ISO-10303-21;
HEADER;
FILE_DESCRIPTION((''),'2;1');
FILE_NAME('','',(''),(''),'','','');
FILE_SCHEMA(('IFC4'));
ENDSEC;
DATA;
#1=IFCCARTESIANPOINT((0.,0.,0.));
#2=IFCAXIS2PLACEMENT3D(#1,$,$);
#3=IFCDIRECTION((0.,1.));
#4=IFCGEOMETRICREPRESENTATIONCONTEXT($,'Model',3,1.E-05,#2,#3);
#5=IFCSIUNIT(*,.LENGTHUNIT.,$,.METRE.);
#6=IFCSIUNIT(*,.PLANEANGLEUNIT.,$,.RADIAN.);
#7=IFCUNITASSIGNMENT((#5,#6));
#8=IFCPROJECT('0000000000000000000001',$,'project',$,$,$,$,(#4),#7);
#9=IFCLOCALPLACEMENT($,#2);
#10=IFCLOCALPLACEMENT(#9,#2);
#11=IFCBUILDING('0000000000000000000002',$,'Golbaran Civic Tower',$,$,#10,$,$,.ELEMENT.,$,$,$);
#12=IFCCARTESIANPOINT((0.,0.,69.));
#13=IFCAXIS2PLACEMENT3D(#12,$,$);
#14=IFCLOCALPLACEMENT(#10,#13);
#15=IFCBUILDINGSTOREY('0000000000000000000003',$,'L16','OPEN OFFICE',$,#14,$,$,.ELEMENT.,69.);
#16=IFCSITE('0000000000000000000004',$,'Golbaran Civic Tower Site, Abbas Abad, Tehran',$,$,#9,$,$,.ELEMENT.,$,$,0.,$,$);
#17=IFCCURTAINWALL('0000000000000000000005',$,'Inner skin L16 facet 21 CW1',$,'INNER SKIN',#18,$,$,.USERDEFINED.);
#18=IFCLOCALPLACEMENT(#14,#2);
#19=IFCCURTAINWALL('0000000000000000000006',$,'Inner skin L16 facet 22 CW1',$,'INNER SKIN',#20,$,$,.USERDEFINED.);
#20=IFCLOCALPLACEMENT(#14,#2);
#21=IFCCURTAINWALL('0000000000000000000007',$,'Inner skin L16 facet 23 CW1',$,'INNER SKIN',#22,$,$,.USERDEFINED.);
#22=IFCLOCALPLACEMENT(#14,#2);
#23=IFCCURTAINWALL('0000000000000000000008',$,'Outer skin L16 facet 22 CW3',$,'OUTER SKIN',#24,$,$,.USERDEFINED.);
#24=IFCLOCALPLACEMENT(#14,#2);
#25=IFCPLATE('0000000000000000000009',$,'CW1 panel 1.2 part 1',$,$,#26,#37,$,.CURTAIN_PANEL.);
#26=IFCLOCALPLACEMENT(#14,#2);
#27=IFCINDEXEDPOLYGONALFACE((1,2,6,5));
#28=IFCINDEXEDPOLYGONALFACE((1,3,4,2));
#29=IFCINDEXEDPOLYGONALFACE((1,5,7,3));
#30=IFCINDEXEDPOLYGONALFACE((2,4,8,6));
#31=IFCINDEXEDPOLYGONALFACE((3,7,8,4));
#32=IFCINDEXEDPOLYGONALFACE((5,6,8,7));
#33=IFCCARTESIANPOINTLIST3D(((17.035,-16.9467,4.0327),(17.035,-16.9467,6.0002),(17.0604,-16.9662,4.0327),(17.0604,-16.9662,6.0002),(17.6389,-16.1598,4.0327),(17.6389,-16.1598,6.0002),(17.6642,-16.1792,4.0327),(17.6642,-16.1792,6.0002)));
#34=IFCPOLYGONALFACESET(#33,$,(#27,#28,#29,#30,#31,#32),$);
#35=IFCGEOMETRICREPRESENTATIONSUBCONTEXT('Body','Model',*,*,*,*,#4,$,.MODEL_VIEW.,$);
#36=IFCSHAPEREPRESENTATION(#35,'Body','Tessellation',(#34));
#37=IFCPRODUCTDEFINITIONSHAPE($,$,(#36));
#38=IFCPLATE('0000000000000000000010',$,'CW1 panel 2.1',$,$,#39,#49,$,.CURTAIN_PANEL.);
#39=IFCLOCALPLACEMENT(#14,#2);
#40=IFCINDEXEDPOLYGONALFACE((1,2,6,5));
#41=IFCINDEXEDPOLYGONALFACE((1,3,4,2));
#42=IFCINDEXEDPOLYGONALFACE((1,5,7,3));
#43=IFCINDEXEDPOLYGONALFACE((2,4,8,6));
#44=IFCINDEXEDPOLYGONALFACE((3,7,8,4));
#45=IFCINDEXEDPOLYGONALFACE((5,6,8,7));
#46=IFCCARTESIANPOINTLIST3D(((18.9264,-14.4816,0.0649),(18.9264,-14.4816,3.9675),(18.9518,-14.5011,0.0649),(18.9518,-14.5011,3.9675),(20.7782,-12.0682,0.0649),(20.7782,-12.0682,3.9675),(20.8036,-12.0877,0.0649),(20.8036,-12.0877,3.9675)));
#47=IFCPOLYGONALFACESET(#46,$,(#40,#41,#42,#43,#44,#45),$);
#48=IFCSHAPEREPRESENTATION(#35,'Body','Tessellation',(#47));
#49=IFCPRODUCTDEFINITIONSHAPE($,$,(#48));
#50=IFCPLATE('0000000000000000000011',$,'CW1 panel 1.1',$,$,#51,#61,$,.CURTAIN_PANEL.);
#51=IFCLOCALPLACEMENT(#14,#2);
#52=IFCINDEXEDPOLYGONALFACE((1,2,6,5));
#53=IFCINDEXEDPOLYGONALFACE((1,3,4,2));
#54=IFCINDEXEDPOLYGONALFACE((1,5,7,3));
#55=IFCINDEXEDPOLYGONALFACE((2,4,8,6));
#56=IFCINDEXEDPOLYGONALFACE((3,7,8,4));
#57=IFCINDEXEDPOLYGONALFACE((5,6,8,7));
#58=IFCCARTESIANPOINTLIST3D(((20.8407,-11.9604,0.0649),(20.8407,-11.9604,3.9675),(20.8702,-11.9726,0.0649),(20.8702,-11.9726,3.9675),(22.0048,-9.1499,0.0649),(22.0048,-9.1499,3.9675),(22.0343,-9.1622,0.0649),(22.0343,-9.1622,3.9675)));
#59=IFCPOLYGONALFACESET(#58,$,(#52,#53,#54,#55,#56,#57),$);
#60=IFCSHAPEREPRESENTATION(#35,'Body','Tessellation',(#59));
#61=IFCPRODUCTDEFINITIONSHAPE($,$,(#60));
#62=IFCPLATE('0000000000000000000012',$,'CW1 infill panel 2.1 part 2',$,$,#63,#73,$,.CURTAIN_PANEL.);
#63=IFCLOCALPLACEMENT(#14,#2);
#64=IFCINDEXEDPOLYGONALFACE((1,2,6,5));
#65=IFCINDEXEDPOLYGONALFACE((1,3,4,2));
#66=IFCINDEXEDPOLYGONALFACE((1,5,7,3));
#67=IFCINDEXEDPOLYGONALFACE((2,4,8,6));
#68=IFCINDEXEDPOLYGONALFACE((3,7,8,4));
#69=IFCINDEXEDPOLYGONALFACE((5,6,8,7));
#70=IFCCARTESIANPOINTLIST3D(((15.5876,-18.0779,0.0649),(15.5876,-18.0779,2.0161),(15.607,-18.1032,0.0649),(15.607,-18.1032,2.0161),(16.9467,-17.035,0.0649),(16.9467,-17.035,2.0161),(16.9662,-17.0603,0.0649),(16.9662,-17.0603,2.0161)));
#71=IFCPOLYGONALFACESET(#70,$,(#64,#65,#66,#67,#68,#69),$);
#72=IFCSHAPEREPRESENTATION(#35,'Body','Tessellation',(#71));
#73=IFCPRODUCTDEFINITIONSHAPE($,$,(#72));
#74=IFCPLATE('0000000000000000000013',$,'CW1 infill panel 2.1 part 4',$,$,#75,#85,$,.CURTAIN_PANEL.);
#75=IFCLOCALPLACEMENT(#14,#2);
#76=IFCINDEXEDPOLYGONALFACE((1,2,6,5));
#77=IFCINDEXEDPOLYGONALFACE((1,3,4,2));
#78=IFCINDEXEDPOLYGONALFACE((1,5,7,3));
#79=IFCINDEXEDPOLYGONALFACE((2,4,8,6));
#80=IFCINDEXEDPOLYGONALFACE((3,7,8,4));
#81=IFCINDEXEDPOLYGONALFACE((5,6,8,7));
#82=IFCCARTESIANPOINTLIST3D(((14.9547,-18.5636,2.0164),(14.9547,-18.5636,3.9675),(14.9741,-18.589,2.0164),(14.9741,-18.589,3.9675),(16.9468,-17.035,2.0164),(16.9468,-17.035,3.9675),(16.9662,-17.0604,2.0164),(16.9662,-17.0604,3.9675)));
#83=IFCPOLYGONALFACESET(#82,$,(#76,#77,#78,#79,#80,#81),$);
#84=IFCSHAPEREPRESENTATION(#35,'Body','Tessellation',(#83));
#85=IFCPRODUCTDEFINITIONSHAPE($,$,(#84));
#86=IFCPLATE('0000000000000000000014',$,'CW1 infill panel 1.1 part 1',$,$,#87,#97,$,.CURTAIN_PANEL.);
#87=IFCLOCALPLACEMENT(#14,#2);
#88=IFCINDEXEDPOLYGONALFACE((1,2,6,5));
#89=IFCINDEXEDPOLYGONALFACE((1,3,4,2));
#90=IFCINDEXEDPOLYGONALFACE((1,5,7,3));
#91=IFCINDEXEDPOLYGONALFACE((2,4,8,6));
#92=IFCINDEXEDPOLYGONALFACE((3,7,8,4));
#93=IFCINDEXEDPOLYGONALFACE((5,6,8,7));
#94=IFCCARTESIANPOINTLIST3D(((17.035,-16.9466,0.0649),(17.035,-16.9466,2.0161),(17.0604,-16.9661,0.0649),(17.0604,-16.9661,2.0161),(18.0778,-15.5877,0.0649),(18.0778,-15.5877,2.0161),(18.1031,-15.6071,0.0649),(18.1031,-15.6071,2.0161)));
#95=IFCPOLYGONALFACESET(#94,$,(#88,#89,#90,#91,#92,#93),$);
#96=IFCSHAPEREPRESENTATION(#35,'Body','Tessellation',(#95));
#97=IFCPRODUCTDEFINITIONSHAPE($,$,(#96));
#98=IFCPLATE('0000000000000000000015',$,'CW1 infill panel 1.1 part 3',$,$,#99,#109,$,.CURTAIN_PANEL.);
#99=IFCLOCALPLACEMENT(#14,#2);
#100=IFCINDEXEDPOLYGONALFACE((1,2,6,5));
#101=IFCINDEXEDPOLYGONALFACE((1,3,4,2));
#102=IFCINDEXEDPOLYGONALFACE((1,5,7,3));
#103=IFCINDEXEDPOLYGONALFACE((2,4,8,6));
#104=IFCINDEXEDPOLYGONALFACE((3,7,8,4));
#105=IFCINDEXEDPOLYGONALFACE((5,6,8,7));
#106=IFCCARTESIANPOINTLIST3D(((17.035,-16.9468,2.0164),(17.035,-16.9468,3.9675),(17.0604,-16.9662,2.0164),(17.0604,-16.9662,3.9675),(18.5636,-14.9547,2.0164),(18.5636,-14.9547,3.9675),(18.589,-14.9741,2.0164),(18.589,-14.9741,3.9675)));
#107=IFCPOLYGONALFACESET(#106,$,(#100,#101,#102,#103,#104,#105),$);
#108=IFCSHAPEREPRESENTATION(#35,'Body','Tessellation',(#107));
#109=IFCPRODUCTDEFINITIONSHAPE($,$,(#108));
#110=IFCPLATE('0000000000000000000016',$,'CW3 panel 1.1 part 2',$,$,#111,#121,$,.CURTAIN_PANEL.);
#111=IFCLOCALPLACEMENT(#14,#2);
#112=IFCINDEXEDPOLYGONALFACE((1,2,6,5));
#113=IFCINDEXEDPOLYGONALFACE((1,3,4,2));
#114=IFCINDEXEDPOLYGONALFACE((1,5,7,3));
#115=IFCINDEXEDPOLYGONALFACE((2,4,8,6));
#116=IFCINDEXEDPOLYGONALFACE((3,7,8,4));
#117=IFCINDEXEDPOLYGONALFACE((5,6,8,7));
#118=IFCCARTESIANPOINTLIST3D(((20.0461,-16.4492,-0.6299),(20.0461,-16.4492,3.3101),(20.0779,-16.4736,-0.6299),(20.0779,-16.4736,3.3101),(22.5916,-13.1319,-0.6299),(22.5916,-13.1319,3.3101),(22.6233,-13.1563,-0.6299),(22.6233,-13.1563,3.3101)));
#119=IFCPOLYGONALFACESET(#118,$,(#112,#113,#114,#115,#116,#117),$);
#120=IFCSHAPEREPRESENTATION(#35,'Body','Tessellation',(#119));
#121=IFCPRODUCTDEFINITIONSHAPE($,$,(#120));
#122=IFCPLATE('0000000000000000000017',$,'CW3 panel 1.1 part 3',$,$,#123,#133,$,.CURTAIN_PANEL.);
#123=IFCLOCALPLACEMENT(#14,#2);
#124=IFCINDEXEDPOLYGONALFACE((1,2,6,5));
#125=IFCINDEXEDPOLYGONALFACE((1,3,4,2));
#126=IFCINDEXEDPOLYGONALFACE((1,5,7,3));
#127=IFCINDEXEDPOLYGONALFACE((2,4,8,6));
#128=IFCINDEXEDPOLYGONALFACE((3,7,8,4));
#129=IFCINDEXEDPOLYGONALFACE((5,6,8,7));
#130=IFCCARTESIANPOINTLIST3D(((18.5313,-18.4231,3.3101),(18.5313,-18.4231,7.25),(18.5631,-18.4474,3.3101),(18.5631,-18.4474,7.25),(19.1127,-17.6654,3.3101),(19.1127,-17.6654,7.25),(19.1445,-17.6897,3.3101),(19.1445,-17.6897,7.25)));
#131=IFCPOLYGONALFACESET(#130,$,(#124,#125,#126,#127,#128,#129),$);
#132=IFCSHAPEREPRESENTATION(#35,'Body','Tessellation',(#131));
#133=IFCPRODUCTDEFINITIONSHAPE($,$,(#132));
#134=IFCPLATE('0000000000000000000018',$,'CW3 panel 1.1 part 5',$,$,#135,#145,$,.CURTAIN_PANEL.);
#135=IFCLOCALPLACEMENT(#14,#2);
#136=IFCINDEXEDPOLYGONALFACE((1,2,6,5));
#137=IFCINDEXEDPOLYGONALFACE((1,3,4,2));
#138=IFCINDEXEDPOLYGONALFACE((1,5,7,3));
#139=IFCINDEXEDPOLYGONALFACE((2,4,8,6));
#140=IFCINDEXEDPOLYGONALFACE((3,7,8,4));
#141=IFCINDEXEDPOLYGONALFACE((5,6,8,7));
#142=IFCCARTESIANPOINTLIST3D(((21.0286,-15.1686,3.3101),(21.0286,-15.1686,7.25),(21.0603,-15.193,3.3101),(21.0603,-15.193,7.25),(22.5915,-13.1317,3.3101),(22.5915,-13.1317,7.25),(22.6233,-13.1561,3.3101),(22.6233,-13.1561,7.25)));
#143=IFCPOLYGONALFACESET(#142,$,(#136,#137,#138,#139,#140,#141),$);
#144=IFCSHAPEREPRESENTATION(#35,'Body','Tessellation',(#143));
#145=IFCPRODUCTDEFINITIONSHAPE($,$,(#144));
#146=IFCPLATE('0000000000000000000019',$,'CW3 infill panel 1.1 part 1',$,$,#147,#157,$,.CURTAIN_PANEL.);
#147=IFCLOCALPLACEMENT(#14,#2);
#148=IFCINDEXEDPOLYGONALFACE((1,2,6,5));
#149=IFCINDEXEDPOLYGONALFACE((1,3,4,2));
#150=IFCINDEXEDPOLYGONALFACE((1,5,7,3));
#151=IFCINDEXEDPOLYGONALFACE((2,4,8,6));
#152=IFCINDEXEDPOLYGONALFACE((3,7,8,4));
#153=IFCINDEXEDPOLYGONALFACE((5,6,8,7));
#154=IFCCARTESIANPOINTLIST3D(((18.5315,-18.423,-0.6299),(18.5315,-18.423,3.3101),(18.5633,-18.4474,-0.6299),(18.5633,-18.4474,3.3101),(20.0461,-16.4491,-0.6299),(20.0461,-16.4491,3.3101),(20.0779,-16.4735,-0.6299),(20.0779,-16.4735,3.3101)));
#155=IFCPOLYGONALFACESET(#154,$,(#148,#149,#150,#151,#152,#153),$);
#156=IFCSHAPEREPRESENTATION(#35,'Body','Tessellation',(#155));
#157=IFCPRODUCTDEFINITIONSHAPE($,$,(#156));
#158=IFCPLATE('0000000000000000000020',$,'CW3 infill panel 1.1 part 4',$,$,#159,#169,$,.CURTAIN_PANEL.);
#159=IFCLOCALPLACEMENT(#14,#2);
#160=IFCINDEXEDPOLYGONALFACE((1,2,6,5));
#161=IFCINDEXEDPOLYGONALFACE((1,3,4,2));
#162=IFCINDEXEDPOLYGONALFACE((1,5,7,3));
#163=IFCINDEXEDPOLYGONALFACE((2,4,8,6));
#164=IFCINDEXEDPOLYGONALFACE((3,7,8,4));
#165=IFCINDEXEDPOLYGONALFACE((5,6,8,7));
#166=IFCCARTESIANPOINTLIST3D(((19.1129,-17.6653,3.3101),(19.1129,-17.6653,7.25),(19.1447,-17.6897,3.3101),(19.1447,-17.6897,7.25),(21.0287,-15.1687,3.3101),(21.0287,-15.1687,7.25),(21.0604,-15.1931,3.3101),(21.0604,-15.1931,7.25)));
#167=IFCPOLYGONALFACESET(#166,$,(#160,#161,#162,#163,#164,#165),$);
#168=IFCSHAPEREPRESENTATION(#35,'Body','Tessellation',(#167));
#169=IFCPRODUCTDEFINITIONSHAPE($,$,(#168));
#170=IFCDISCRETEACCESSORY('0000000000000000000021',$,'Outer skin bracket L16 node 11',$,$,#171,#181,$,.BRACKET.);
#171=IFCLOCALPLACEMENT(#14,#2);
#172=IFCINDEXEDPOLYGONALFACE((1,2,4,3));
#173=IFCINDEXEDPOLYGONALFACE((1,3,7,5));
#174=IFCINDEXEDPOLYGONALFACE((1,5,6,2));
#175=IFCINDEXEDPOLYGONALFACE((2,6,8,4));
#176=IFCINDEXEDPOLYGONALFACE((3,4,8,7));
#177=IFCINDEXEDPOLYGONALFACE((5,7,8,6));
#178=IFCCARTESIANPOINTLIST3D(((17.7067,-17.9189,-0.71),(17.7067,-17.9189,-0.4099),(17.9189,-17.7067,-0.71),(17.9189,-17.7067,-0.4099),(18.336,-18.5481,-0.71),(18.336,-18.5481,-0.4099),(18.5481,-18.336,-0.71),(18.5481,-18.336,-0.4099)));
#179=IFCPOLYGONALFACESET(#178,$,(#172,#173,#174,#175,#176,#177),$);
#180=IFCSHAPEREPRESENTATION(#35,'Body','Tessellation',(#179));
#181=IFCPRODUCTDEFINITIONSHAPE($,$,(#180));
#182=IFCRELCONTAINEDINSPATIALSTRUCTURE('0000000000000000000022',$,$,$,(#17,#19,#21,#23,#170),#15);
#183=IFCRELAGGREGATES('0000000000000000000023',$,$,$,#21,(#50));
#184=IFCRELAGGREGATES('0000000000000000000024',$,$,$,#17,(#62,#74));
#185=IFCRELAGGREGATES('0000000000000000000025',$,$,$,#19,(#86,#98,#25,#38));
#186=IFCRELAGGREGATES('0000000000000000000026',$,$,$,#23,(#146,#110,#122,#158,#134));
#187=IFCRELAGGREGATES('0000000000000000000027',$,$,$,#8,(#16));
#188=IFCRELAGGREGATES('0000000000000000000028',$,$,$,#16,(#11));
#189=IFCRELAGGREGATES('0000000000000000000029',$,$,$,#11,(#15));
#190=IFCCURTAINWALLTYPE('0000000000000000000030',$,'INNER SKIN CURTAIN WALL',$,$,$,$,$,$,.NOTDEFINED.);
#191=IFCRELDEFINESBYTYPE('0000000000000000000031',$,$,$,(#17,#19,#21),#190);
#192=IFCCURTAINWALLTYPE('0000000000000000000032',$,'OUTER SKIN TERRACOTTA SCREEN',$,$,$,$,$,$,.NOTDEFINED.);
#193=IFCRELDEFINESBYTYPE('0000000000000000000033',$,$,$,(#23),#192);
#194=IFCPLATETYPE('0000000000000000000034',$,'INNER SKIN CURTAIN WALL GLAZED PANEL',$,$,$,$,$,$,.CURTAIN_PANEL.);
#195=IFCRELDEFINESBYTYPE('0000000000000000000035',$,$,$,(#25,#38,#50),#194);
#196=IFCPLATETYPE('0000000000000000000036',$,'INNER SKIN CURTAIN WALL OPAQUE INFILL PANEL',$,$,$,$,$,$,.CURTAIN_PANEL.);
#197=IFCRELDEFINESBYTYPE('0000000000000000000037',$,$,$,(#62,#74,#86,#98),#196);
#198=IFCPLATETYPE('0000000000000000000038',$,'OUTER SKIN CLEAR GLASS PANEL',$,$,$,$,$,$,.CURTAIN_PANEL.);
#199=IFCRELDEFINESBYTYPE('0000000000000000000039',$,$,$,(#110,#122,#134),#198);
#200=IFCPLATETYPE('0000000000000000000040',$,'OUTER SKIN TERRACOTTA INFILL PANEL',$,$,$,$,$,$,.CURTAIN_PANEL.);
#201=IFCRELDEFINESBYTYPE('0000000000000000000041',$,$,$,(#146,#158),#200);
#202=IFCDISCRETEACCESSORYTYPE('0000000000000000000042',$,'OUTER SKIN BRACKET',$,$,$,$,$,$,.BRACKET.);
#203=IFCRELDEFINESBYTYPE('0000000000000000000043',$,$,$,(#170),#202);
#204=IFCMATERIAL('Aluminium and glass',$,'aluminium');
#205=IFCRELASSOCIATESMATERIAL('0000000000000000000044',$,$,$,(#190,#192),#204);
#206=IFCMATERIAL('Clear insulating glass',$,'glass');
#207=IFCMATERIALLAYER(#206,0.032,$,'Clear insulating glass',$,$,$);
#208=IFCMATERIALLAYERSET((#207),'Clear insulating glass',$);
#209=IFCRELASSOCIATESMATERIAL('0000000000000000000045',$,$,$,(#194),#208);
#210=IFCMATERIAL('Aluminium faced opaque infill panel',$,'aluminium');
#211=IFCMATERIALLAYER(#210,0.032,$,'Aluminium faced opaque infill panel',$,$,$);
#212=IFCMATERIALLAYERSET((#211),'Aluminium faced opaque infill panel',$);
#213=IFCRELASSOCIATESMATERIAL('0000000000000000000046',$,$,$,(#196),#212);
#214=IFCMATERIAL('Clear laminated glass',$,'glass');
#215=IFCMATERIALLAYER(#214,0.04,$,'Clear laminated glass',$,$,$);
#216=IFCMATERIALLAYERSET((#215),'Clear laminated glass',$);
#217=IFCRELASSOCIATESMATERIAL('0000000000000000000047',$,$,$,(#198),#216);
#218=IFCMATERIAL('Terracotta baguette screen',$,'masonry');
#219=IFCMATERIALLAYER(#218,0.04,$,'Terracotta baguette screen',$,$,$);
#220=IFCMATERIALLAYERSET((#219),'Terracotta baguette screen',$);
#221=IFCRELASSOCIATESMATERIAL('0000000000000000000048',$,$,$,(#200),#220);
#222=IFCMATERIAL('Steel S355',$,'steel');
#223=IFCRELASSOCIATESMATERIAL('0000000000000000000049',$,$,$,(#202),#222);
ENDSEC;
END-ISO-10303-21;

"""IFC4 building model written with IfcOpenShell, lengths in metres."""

from ifc_helpers import new_model, si_unit, direction, frame, origin, origin_2d, place, context, subcontext, project, spatial, rectangle, extrude, material, layer, layer_set, type_object, element, aggregate, save


model = new_model("IFC4")

# Units and contexts
model_context = context("Model", 3, precision=1e-05, world=origin(), true_north=direction((0.0, 1.0)))
body_context = subcontext(model_context, "Body", "Model", "MODEL_VIEW")
ifc_project = project(units=[si_unit("LENGTHUNIT", "METRE"), si_unit("PLANEANGLEUNIT", "RADIAN")], contexts=[model_context])

# Site, building, storey
site_placement = place(None, origin())
site = spatial("IfcSite", under=ifc_project, at=site_placement, Name="Golbaran Civic Tower Site, Abbas Abad, Tehran", CompositionType="ELEMENT", RefElevation=0.0)
building_placement = place(site_placement, origin())
building = spatial("IfcBuilding", under=site, at=building_placement, Name="Golbaran Civic Tower", CompositionType="ELEMENT")
storey_placement = place(building_placement, frame((0.0, 0.0, 69.0)))
storey = spatial("IfcBuildingStorey", under=building, at=storey_placement, Name="L16", Description="OPEN OFFICE", CompositionType="ELEMENT", Elevation=69.0)

# Shared definitions
ifc_material_1 = material(Name="Steel S355", Category="steel")

# Curtain wall
ifc_material_2 = material(Name="Aluminium and glass", Category="aluminium")
curtain_wall_type_1 = type_object("IfcCurtainWallType", Name="INNER SKIN CURTAIN WALL", PredefinedType="NOTDEFINED", material=ifc_material_2)
curtain_wall_1_placement = place(storey_placement, origin())
curtain_wall_1 = element("IfcCurtainWall", 1, at=curtain_wall_1_placement, inside=storey, type_object=curtain_wall_type_1, Name="Inner skin L16 facet 21 CW1", ObjectType="INNER SKIN", PredefinedType="USERDEFINED")

# Curtain wall
curtain_wall_2_placement = place(storey_placement, origin())
curtain_wall_2 = element("IfcCurtainWall", 2, at=curtain_wall_2_placement, inside=storey, type_object=curtain_wall_type_1, Name="Inner skin L16 facet 22 CW1", ObjectType="INNER SKIN", PredefinedType="USERDEFINED")

# Curtain wall
curtain_wall_3_placement = place(storey_placement, origin())
curtain_wall_3 = element("IfcCurtainWall", 3, at=curtain_wall_3_placement, inside=storey, type_object=curtain_wall_type_1, Name="Inner skin L16 facet 23 CW1", ObjectType="INNER SKIN", PredefinedType="USERDEFINED")

# Shared definitions
curtain_wall_type_2 = type_object("IfcCurtainWallType", Name="OUTER SKIN TERRACOTTA SCREEN", PredefinedType="NOTDEFINED", material=ifc_material_2)

# Curtain wall
curtain_wall_4_placement = place(storey_placement, origin())
curtain_wall_4 = element("IfcCurtainWall", 4, at=curtain_wall_4_placement, inside=storey, type_object=curtain_wall_type_2, Name="Outer skin L16 facet 22 CW3", ObjectType="OUTER SKIN", PredefinedType="USERDEFINED")

# Plates
ifc_material_3 = material(Name="Clear insulating glass", Category="glass")
ifc_layer_1 = layer(ifc_material_3, 0.032, Name="Clear insulating glass")
ifc_layer_set_1 = layer_set([ifc_layer_1], Name="Clear insulating glass")
plate_type_1 = type_object("IfcPlateType", Name="INNER SKIN CURTAIN WALL GLAZED PANEL", PredefinedType="CURTAIN_PANEL", material=ifc_layer_set_1)
plate_1_placement = place(storey_placement, frame((17.3496, -16.563, 4.0327), z_axis=(0.0, 0.0, 1.0), x_axis=(0.608761, 0.793353, 0.0)))
plate_1 = element("IfcPlate", 5, at=plate_1_placement, type_object=plate_type_1, Name="CW1 panel 1.2 part 1", PredefinedType="CURTAIN_PANEL", context=body_context, shape_type="SweptSolid", body=[
    extrude(rectangle(XDim=0.9919, YDim=0.032, at=origin_2d()), origin(), (0.0, 0.0, 1.0), 1.9675),
])
plate_2_placement = place(storey_placement, frame((19.865, -13.2847, 0.0649), z_axis=(0.0, 0.0, 1.0), x_axis=(0.608761, 0.793353, 0.0)))
plate_2 = element("IfcPlate", 6, at=plate_2_placement, type_object=plate_type_1, Name="CW1 panel 2.1", PredefinedType="CURTAIN_PANEL", context=body_context, shape_type="SweptSolid", body=[
    extrude(rectangle(XDim=3.042, YDim=0.032, at=origin_2d()), origin(), (0.0, 0.0, 1.0), 3.9026),
])
plate_3_placement = place(storey_placement, frame((21.4375, -10.5613, 0.0649), z_axis=(0.0, 0.0, 1.0), x_axis=(0.382683, 0.92388, 0.0)))
plate_3 = element("IfcPlate", 7, at=plate_3_placement, type_object=plate_type_1, Name="CW1 panel 1.1", PredefinedType="CURTAIN_PANEL", context=body_context, shape_type="SweptSolid", body=[
    extrude(rectangle(XDim=3.042, YDim=0.032, at=origin_2d()), origin(), (0.0, 0.0, 1.0), 3.9026),
])
aggregate(curtain_wall_3, [plate_3])
ifc_material_4 = material(Name="Aluminium faced opaque infill panel", Category="aluminium")
ifc_layer_2 = layer(ifc_material_4, 0.032, Name="Aluminium faced opaque infill panel")
ifc_layer_set_2 = layer_set([ifc_layer_2], Name="Aluminium faced opaque infill panel")
plate_type_2 = type_object("IfcPlateType", Name="INNER SKIN CURTAIN WALL OPAQUE INFILL PANEL", PredefinedType="CURTAIN_PANEL", material=ifc_layer_set_2)
plate_4_placement = place(storey_placement, frame((16.2769, -17.5691, 0.0649), z_axis=(0.0, 0.0, 1.0), x_axis=(0.793353, 0.608761, 0.0)))
plate_4 = element("IfcPlate", 8, at=plate_4_placement, type_object=plate_type_2, Name="CW1 infill panel 2.1 part 2", PredefinedType="CURTAIN_PANEL", context=body_context, shape_type="SweptSolid", body=[
    extrude(rectangle(XDim=1.7131, YDim=0.032, at=origin_2d()), origin(), (0.0, 0.0, 1.0), 1.9512),
])
plate_5_placement = place(storey_placement, frame((15.9604, -17.812, 2.0164), z_axis=(0.0, 0.0, 1.0), x_axis=(0.793353, 0.608761, 0.0)))
plate_5 = element("IfcPlate", 9, at=plate_5_placement, type_object=plate_type_2, Name="CW1 infill panel 2.1 part 4", PredefinedType="CURTAIN_PANEL", context=body_context, shape_type="SweptSolid", body=[
    extrude(rectangle(XDim=2.511, YDim=0.032, at=origin_2d()), origin(), (0.0, 0.0, 1.0), 1.9512),
])
aggregate(curtain_wall_1, [plate_4, plate_5])
plate_6_placement = place(storey_placement, frame((17.5691, -16.2769, 0.0649), z_axis=(0.0, 0.0, 1.0), x_axis=(0.608761, 0.793353, 0.0)))
plate_6 = element("IfcPlate", 10, at=plate_6_placement, type_object=plate_type_2, Name="CW1 infill panel 1.1 part 1", PredefinedType="CURTAIN_PANEL", context=body_context, shape_type="SweptSolid", body=[
    extrude(rectangle(XDim=1.7129, YDim=0.032, at=origin_2d()), origin(), (0.0, 0.0, 1.0), 1.9512),
])
plate_7_placement = place(storey_placement, frame((17.812, -15.9604, 2.0164), z_axis=(0.0, 0.0, 1.0), x_axis=(0.608761, 0.793353, 0.0)))
plate_7 = element("IfcPlate", 11, at=plate_7_placement, type_object=plate_type_2, Name="CW1 infill panel 1.1 part 3", PredefinedType="CURTAIN_PANEL", context=body_context, shape_type="SweptSolid", body=[
    extrude(rectangle(XDim=2.511, YDim=0.032, at=origin_2d()), origin(), (0.0, 0.0, 1.0), 1.9512),
])
aggregate(curtain_wall_2, [plate_6, plate_7, plate_1, plate_2])
ifc_material_5 = material(Name="Clear laminated glass", Category="glass")
ifc_layer_3 = layer(ifc_material_5, 0.04, Name="Clear laminated glass")
ifc_layer_set_3 = layer_set([ifc_layer_3], Name="Clear laminated glass")
plate_type_3 = type_object("IfcPlateType", Name="OUTER SKIN CLEAR GLASS PANEL", PredefinedType="CURTAIN_PANEL", material=ifc_layer_set_3)
plate_8_placement = place(storey_placement, frame((21.3347, -14.8027, -0.6299), z_axis=(0.0, 0.0, 1.0), x_axis=(0.608761, 0.793353, 0.0)))
plate_8 = element("IfcPlate", 12, at=plate_8_placement, type_object=plate_type_3, Name="CW3 panel 1.1 part 2", PredefinedType="CURTAIN_PANEL", context=body_context, shape_type="SweptSolid", body=[
    extrude(rectangle(XDim=4.1814, YDim=0.04, at=origin_2d()), origin(), (0.0, 0.0, 1.0), 3.9399),
])
plate_9_placement = place(storey_placement, frame((18.8379, -18.0564, 3.3101), z_axis=(0.0, 0.0, 1.0), x_axis=(0.608761, 0.793353, 0.0)))
plate_9 = element("IfcPlate", 13, at=plate_9_placement, type_object=plate_type_3, Name="CW3 panel 1.1 part 3", PredefinedType="CURTAIN_PANEL", context=body_context, shape_type="SweptSolid", body=[
    extrude(rectangle(XDim=0.9551, YDim=0.04, at=origin_2d()), origin(), (0.0, 0.0, 1.0), 3.9399),
])
plate_10_placement = place(storey_placement, frame((21.8259, -14.1624, 3.3101), z_axis=(0.0, 0.0, 1.0), x_axis=(0.608761, 0.793353, 0.0)))
plate_10 = element("IfcPlate", 14, at=plate_10_placement, type_object=plate_type_3, Name="CW3 panel 1.1 part 5", PredefinedType="CURTAIN_PANEL", context=body_context, shape_type="SweptSolid", body=[
    extrude(rectangle(XDim=2.5674, YDim=0.04, at=origin_2d()), origin(), (0.0, 0.0, 1.0), 3.9399),
])
ifc_material_6 = material(Name="Terracotta baguette screen", Category="masonry")
ifc_layer_4 = layer(ifc_material_6, 0.04, Name="Terracotta baguette screen")
ifc_layer_set_4 = layer_set([ifc_layer_4], Name="Terracotta baguette screen")
plate_type_4 = type_object("IfcPlateType", Name="OUTER SKIN TERRACOTTA INFILL PANEL", PredefinedType="CURTAIN_PANEL", material=ifc_layer_set_4)
plate_11_placement = place(storey_placement, frame((19.3047, -17.4482, -0.6299), z_axis=(0.0, 0.0, 1.0), x_axis=(0.608761, 0.793353, 0.0)))
plate_11 = element("IfcPlate", 15, at=plate_11_placement, type_object=plate_type_4, Name="CW3 infill panel 1.1 part 1", PredefinedType="CURTAIN_PANEL", context=body_context, shape_type="SweptSolid", body=[
    extrude(rectangle(XDim=2.488, YDim=0.04, at=origin_2d()), origin(), (0.0, 0.0, 1.0), 3.9399),
])
plate_12_placement = place(storey_placement, frame((20.0867, -16.4292, 3.3101), z_axis=(0.0, 0.0, 1.0), x_axis=(0.608761, 0.793353, 0.0)))
plate_12 = element("IfcPlate", 16, at=plate_12_placement, type_object=plate_type_4, Name="CW3 infill panel 1.1 part 4", PredefinedType="CURTAIN_PANEL", context=body_context, shape_type="SweptSolid", body=[
    extrude(rectangle(XDim=3.147, YDim=0.04, at=origin_2d()), origin(), (0.0, 0.0, 1.0), 3.9399),
])
aggregate(curtain_wall_4, [plate_11, plate_8, plate_9, plate_12, plate_10])

# Discrete accessory
discrete_accessory_type = type_object("IfcDiscreteAccessoryType", Name="OUTER SKIN BRACKET", PredefinedType="BRACKET", material=ifc_material_1)
discrete_accessory_placement = place(storey_placement, frame((18.1274, -18.1274, -0.71), z_axis=(0.0, 0.0, 1.0), x_axis=(0.707107, -0.707107, 0.0)))
element("IfcDiscreteAccessory", 17, at=discrete_accessory_placement, inside=storey, type_object=discrete_accessory_type, Name="Outer skin bracket L16 node 11", PredefinedType="BRACKET", context=body_context, shape_type="SweptSolid", body=[
    extrude(rectangle(XDim=0.8899, YDim=0.3, at=origin_2d()), origin(), (0.0, 0.0, 1.0), 0.3),
])

save(model, "model.ifc")
